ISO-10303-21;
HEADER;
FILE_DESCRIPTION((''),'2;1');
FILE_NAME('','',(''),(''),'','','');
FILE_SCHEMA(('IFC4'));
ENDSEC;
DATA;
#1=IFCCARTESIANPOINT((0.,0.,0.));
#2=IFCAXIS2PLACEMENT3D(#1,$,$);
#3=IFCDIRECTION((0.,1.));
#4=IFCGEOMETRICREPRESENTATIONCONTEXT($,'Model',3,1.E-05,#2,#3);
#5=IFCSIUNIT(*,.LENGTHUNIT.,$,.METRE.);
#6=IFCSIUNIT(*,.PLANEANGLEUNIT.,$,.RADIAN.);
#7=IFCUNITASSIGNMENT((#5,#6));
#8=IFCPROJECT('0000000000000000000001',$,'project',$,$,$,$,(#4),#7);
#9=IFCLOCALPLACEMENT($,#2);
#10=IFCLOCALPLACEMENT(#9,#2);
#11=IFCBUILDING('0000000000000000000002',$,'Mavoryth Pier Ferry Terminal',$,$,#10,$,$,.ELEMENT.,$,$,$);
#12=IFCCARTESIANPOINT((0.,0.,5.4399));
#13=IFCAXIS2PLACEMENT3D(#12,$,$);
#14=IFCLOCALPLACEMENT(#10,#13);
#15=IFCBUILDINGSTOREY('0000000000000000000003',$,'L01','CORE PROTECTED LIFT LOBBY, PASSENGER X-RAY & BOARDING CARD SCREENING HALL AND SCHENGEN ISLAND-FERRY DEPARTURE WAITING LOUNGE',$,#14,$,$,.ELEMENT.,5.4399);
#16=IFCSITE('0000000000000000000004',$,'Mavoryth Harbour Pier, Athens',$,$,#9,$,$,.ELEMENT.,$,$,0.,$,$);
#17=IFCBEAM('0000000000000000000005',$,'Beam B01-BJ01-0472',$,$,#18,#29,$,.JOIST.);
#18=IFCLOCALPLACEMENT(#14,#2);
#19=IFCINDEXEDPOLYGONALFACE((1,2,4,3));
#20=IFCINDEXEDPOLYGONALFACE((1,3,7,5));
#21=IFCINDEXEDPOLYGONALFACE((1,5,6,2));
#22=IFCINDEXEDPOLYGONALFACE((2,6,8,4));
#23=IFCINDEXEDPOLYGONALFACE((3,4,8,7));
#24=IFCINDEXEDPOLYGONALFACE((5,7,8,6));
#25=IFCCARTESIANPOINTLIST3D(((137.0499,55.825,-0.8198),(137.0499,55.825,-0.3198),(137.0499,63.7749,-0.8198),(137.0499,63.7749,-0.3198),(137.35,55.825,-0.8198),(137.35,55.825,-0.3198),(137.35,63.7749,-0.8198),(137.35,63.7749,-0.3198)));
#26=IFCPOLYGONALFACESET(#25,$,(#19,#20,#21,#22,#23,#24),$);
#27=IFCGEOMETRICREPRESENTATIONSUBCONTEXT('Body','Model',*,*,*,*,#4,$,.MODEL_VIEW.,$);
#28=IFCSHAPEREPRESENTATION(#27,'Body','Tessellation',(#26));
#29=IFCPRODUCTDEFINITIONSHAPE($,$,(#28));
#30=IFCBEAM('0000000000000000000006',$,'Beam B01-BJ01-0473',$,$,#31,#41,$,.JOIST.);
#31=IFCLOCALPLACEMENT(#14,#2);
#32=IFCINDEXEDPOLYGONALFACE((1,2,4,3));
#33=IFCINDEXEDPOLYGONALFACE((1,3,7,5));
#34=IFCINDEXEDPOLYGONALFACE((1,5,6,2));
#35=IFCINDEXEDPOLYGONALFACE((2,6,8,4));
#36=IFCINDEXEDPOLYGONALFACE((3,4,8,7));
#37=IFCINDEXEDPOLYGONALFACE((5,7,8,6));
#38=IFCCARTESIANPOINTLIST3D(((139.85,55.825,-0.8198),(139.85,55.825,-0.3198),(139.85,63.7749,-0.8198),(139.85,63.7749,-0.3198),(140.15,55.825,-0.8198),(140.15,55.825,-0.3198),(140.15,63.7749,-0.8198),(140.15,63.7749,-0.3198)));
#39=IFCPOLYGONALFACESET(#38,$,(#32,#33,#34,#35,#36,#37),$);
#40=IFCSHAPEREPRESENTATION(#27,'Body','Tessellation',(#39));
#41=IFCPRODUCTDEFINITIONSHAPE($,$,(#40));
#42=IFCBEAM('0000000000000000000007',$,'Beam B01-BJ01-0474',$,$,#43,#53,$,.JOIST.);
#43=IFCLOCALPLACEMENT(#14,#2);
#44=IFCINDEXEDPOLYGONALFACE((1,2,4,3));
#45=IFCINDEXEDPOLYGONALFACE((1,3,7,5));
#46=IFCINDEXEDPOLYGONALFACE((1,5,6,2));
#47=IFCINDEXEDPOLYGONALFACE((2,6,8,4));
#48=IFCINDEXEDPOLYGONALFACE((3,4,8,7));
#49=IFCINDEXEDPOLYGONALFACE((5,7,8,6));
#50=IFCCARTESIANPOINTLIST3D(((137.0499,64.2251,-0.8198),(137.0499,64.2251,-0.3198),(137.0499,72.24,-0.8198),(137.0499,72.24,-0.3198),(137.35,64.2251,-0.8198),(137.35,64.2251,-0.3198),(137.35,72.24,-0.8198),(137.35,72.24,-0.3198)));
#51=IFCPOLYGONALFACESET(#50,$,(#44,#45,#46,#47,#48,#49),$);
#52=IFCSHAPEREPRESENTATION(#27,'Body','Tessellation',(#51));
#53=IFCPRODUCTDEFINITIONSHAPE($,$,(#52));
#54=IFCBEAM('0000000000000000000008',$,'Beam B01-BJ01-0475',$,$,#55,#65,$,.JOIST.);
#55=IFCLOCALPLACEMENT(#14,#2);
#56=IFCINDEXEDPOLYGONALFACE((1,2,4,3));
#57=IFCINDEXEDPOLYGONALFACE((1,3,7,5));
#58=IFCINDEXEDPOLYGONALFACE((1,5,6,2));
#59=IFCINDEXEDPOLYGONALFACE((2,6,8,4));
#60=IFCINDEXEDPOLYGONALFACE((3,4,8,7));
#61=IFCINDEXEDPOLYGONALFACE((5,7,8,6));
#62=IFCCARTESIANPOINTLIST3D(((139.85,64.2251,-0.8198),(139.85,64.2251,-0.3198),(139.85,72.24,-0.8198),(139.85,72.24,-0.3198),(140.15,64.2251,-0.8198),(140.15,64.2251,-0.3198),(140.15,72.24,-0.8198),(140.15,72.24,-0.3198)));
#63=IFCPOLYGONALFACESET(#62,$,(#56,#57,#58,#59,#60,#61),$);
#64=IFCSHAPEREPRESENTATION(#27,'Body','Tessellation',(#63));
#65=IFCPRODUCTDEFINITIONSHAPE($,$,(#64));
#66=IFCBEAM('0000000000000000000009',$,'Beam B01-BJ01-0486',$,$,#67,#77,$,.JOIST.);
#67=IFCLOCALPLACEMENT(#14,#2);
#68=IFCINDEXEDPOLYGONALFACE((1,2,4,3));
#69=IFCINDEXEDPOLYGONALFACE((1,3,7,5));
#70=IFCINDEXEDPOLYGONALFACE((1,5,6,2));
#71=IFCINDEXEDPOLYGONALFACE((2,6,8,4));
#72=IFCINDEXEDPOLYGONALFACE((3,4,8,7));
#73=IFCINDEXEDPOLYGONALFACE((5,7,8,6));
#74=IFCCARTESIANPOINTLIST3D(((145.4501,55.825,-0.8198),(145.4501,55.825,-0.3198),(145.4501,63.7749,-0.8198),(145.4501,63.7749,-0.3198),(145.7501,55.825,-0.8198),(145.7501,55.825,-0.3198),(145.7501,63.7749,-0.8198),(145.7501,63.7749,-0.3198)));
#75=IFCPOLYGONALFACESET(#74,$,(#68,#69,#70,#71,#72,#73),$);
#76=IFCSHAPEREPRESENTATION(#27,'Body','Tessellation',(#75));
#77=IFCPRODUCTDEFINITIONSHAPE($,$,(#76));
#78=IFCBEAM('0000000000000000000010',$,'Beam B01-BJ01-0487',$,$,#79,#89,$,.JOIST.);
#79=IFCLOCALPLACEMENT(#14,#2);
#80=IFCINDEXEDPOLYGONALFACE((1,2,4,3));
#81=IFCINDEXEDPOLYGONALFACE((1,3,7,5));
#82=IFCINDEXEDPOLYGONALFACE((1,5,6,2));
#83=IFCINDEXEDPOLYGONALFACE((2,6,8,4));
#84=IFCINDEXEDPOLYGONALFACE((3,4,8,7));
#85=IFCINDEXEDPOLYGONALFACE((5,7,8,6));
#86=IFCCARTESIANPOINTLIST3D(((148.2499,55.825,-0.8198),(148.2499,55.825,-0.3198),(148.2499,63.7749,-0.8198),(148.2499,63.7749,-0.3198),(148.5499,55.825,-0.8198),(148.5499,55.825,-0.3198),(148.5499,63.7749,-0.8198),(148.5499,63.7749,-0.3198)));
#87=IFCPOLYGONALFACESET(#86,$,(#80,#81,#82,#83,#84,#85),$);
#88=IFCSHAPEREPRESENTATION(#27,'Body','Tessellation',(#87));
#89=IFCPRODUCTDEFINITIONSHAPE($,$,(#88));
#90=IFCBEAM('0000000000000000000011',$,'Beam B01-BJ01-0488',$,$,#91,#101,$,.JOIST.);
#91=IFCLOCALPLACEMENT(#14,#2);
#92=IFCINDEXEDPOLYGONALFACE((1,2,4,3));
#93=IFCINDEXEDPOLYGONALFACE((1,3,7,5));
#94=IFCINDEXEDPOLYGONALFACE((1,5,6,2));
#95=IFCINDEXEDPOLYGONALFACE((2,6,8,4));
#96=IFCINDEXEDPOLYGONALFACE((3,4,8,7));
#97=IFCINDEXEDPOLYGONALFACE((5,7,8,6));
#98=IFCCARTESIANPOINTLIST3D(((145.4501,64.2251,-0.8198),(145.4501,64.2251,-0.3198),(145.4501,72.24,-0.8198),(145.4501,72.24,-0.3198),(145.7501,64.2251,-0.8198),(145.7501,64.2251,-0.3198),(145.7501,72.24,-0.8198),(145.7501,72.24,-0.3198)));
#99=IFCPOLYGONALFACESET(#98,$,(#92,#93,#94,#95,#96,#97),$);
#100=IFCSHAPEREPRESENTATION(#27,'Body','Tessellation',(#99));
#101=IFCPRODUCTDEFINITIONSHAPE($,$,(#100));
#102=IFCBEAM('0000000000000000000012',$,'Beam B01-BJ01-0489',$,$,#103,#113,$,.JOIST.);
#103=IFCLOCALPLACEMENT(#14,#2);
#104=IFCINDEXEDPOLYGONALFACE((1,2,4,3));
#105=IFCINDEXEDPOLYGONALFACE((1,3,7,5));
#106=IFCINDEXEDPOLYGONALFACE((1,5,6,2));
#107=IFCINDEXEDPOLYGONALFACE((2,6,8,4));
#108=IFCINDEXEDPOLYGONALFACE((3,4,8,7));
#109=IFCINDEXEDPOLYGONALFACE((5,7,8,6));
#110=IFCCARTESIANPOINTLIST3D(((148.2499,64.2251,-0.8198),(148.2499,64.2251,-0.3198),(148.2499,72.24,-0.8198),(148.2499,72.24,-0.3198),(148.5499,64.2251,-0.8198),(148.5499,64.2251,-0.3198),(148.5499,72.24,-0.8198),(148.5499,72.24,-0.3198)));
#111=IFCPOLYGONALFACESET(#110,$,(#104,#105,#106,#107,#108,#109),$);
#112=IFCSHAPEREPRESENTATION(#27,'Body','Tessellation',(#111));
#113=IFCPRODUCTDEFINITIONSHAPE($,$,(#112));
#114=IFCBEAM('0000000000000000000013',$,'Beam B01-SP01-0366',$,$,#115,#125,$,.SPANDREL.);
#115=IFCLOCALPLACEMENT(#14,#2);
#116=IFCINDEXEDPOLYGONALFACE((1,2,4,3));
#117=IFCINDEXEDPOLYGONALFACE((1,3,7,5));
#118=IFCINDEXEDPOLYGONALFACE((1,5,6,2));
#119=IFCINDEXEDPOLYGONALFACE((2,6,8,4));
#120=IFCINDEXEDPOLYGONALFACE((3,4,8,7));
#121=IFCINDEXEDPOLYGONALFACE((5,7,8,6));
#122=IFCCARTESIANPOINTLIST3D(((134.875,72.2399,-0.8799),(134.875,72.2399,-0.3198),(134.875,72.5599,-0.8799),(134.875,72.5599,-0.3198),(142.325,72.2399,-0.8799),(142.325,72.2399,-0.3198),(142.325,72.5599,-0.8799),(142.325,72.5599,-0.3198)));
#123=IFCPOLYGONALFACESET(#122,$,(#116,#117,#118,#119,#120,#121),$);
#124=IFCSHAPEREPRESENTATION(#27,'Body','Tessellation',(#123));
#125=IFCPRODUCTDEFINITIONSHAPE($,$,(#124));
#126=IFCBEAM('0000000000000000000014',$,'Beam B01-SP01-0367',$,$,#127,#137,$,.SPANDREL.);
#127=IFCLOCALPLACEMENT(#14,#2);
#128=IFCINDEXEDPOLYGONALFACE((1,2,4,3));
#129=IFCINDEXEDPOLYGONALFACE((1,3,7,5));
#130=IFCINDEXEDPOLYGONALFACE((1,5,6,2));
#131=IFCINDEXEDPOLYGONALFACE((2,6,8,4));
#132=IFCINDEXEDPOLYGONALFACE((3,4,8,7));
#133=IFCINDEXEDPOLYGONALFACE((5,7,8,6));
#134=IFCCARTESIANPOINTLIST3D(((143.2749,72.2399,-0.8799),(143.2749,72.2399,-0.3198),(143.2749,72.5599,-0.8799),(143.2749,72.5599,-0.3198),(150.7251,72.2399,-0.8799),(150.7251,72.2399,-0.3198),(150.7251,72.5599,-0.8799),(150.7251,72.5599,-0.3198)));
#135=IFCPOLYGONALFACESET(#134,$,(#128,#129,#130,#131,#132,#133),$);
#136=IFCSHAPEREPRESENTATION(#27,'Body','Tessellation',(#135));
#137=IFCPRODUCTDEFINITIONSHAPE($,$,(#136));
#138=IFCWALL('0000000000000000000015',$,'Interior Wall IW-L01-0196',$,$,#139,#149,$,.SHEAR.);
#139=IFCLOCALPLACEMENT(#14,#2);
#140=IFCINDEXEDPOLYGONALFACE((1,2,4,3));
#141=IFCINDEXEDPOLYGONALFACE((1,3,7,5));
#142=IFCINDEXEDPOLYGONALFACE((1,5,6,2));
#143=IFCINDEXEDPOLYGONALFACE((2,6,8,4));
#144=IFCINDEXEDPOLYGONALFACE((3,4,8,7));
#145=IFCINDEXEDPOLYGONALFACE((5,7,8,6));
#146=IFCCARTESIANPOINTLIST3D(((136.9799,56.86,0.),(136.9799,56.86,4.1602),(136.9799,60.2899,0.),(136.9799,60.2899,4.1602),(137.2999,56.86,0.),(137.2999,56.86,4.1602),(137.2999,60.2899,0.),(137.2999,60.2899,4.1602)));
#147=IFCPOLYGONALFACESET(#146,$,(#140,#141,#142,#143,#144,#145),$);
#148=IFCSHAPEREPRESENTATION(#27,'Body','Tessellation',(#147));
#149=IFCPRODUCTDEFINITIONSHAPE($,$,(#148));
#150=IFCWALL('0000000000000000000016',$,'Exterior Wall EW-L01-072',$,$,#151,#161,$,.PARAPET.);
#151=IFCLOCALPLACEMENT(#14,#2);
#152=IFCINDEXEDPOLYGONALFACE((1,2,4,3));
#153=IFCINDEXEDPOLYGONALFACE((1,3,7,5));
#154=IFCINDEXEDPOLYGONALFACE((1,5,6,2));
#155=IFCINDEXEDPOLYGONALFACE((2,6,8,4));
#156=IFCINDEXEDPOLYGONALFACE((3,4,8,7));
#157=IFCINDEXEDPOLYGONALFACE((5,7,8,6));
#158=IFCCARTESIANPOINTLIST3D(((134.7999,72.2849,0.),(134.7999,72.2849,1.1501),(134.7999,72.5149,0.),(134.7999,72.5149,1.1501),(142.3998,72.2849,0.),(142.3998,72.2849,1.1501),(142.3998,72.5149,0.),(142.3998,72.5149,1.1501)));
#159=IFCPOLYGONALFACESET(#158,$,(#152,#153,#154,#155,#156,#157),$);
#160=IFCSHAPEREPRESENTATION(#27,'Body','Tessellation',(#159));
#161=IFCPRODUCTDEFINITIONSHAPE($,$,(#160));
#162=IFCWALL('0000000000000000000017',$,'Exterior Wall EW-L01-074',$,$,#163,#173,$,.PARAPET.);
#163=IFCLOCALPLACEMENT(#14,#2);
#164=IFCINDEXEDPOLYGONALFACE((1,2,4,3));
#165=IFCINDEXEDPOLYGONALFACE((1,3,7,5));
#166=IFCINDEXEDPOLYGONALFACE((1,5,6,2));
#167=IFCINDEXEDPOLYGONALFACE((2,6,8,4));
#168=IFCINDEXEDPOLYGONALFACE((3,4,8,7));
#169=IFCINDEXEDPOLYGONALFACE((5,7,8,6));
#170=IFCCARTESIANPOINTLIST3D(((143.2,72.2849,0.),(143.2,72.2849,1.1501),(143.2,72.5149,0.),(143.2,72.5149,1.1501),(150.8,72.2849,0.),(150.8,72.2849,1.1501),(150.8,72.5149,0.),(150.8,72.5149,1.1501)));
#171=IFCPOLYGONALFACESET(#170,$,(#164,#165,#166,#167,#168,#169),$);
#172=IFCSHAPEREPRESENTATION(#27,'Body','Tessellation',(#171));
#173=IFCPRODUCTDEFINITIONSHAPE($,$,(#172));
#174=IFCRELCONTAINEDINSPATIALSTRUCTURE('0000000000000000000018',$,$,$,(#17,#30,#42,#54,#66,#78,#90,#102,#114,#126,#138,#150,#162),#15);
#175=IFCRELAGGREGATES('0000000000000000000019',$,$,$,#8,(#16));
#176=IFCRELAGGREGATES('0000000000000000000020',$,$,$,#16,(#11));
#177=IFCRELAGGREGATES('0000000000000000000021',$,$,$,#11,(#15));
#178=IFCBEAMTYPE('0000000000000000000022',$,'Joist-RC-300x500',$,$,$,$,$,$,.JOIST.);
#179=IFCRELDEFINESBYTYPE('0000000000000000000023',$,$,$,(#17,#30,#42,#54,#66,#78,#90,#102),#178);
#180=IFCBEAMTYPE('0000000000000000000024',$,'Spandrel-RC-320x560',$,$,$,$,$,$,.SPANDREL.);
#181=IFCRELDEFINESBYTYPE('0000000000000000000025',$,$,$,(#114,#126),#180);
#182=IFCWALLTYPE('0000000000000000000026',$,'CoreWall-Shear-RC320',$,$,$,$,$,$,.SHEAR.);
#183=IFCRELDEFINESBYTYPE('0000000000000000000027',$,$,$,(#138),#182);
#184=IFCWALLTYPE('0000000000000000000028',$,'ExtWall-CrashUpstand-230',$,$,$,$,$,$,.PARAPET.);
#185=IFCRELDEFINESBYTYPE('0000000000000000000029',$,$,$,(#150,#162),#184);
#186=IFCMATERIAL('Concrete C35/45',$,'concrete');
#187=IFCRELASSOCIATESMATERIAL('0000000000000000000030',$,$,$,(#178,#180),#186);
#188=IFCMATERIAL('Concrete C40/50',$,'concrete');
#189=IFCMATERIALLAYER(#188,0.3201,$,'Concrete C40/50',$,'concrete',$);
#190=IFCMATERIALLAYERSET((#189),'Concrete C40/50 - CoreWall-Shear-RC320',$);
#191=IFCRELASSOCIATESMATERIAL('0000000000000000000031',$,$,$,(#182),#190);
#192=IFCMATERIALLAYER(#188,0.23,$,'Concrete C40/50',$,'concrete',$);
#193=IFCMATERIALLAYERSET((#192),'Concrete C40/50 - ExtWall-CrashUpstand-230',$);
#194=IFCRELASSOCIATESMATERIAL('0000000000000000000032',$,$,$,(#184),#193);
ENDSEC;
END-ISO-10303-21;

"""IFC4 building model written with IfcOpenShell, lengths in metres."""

from ifc_helpers import new_model, si_unit, direction, frame, frame_2d, origin, origin_2d, place, context, subcontext, project, spatial, rectangle, extrude, material, layer, layer_set, material_profile, profile_set, type_object, element, save


model = new_model("IFC4")

# Units and contexts
model_context = context("Model", 3, precision=1e-05, world=origin(), true_north=direction((0.0, 1.0)))
body_context = subcontext(model_context, "Body", "Model", "MODEL_VIEW")
ifc_project = project(units=[si_unit("LENGTHUNIT", "METRE"), si_unit("PLANEANGLEUNIT", "RADIAN")], contexts=[model_context])

# Site, building, storey
site_placement = place(None, origin())
site = spatial("IfcSite", under=ifc_project, at=site_placement, Name="Mavoryth Harbour Pier, Athens", CompositionType="ELEMENT", RefElevation=0.0)
building_placement = place(site_placement, origin())
building = spatial("IfcBuilding", under=site, at=building_placement, Name="Mavoryth Pier Ferry Terminal", CompositionType="ELEMENT")
storey_placement = place(building_placement, frame((0.0, 0.0, 5.4399)))
storey = spatial("IfcBuildingStorey", under=building, at=storey_placement, Name="L01", Description="CORE PROTECTED LIFT LOBBY, PASSENGER X-RAY & BOARDING CARD SCREENING HALL AND SCHENGEN ISLAND-FERRY DEPARTURE WAITING LOUNGE", CompositionType="ELEMENT", Elevation=5.4399)

# Shared definitions
ifc_material_1 = material(Name="Concrete C40/50", Category="concrete")

# Beams
ifc_material_2 = material(Name="Concrete C35/45", Category="concrete")
ifc_material_profile_1 = material_profile(ifc_material_2, rectangle(XDim=0.3, YDim=0.5, at=origin_2d()), Name="RC 300x500", Category="concrete")
ifc_profile_set_1 = profile_set([ifc_material_profile_1], Name="Concrete C35/45 - RC 300x500")
beam_type_1 = type_object("IfcBeamType", Name="Joist-RC-300x500", PredefinedType="JOIST", material=ifc_profile_set_1)
for number, where, z_axis, x_axis, name in (
    (1, (137.2, 55.825, -0.5698), (0.0, 1.0, 0.0), (-1.0, 0.0, 0.0), "Beam B01-BJ01-0472"),
    (2, (140.0, 55.825, -0.5698), (0.0, 1.0, 0.0), (-1.0, 0.0, 0.0), "Beam B01-BJ01-0473"),
):
    element("IfcBeam", number, at=place(storey_placement, frame(where, z_axis=z_axis, x_axis=x_axis)), inside=storey, type_object=beam_type_1, Name=name, PredefinedType="JOIST", context=body_context, shape_type="SweptSolid", body=[
        extrude(rectangle(XDim=0.3, YDim=0.5, at=origin_2d()), origin(), (0.0, 0.0, 1.0), 7.95),
    ])
for number, where, z_axis, x_axis, name in (
    (3, (137.2, 64.2251, -0.5698), (0.0, 1.0, 0.0), (-1.0, 0.0, 0.0), "Beam B01-BJ01-0474"),
    (4, (140.0, 64.2251, -0.5698), (0.0, 1.0, 0.0), (-1.0, 0.0, 0.0), "Beam B01-BJ01-0475"),
):
    element("IfcBeam", number, at=place(storey_placement, frame(where, z_axis=z_axis, x_axis=x_axis)), inside=storey, type_object=beam_type_1, Name=name, PredefinedType="JOIST", context=body_context, shape_type="SweptSolid", body=[
        extrude(rectangle(XDim=0.3, YDim=0.5, at=origin_2d()), origin(), (0.0, 0.0, 1.0), 8.0149),
    ])
for number, where, z_axis, x_axis, name in (
    (5, (145.6001, 55.825, -0.5698), (0.0, 1.0, 0.0), (-1.0, 0.0, 0.0), "Beam B01-BJ01-0486"),
    (6, (148.3999, 55.825, -0.5698), (0.0, 1.0, 0.0), (-1.0, 0.0, 0.0), "Beam B01-BJ01-0487"),
):
    element("IfcBeam", number, at=place(storey_placement, frame(where, z_axis=z_axis, x_axis=x_axis)), inside=storey, type_object=beam_type_1, Name=name, PredefinedType="JOIST", context=body_context, shape_type="SweptSolid", body=[
        extrude(rectangle(XDim=0.3, YDim=0.5, at=origin_2d()), origin(), (0.0, 0.0, 1.0), 7.95),
    ])
for number, where, z_axis, x_axis, name in (
    (7, (145.6001, 64.2251, -0.5698), (0.0, 1.0, 0.0), (-1.0, 0.0, 0.0), "Beam B01-BJ01-0488"),
    (8, (148.3999, 64.2251, -0.5698), (0.0, 1.0, 0.0), (-1.0, 0.0, 0.0), "Beam B01-BJ01-0489"),
):
    element("IfcBeam", number, at=place(storey_placement, frame(where, z_axis=z_axis, x_axis=x_axis)), inside=storey, type_object=beam_type_1, Name=name, PredefinedType="JOIST", context=body_context, shape_type="SweptSolid", body=[
        extrude(rectangle(XDim=0.3, YDim=0.5, at=origin_2d()), origin(), (0.0, 0.0, 1.0), 8.0149),
    ])
ifc_material_profile_2 = material_profile(ifc_material_2, rectangle(XDim=0.3201, YDim=0.5601, at=origin_2d()), Name="RC 320x560", Category="concrete")
ifc_profile_set_2 = profile_set([ifc_material_profile_2], Name="Concrete C35/45 - RC 320x560")
beam_type_2 = type_object("IfcBeamType", Name="Spandrel-RC-320x560", PredefinedType="SPANDREL", material=ifc_profile_set_2)
beam_1_placement = place(storey_placement, frame((134.875, 72.3999, -0.5999), z_axis=(1.0, 0.0, 0.0), x_axis=(0.0, 1.0, 0.0)))
element("IfcBeam", 9, at=beam_1_placement, inside=storey, type_object=beam_type_2, Name="Beam B01-SP01-0366", PredefinedType="SPANDREL", context=body_context, shape_type="SweptSolid", body=[
    extrude(rectangle(XDim=0.3201, YDim=0.5601, at=origin_2d()), origin(), (0.0, 0.0, 1.0), 7.45),
])
beam_2_placement = place(storey_placement, frame((143.2749, 72.3999, -0.5999), z_axis=(1.0, 0.0, 0.0), x_axis=(0.0, 1.0, 0.0)))
element("IfcBeam", 10, at=beam_2_placement, inside=storey, type_object=beam_type_2, Name="Beam B01-SP01-0367", PredefinedType="SPANDREL", context=body_context, shape_type="SweptSolid", body=[
    extrude(rectangle(XDim=0.3201, YDim=0.5601, at=origin_2d()), origin(), (0.0, 0.0, 1.0), 7.4502),
])

# Walls
ifc_layer_1 = layer(ifc_material_1, 0.3201, Name="Concrete C40/50", Category="concrete")
ifc_layer_set_1 = layer_set([ifc_layer_1], Name="Concrete C40/50 - CoreWall-Shear-RC320")
wall_type_1 = type_object("IfcWallType", Name="CoreWall-Shear-RC320", PredefinedType="SHEAR", material=ifc_layer_set_1)
wall_1_placement = place(storey_placement, frame((137.1399, 56.8601, 0.0), z_axis=(0.0, 0.0, 1.0), x_axis=(0.0, 1.0, 0.0)))
element("IfcWall", 11, at=wall_1_placement, inside=storey, type_object=wall_type_1, Name="Interior Wall IW-L01-0196", PredefinedType="SHEAR", context=body_context, shape_type="SweptSolid", body=[
    extrude(rectangle(XDim=3.4299, YDim=0.3201, at=frame_2d((1.7148, 0.0))), origin(), (0.0, 0.0, 1.0), 4.1602),
])
ifc_layer_2 = layer(ifc_material_1, 0.23, Name="Concrete C40/50", Category="concrete")
ifc_layer_set_2 = layer_set([ifc_layer_2], Name="Concrete C40/50 - ExtWall-CrashUpstand-230")
wall_type_2 = type_object("IfcWallType", Name="ExtWall-CrashUpstand-230", PredefinedType="PARAPET", material=ifc_layer_set_2)
wall_2_placement = place(storey_placement, frame((134.8, 72.3999, 0.0), z_axis=(0.0, 0.0, 1.0), x_axis=(1.0, 0.0, 0.0)))
element("IfcWall", 12, at=wall_2_placement, inside=storey, type_object=wall_type_2, Name="Exterior Wall EW-L01-072", PredefinedType="PARAPET", context=body_context, shape_type="SweptSolid", body=[
    extrude(rectangle(XDim=7.5999, YDim=0.23, at=frame_2d((3.7998, 0.0))), origin(), (0.0, 0.0, 1.0), 1.1501),
])
wall_3_placement = place(storey_placement, frame((143.2, 72.3999, 0.0), z_axis=(0.0, 0.0, 1.0), x_axis=(1.0, 0.0, 0.0)))
element("IfcWall", 13, at=wall_3_placement, inside=storey, type_object=wall_type_2, Name="Exterior Wall EW-L01-074", PredefinedType="PARAPET", context=body_context, shape_type="SweptSolid", body=[
    extrude(rectangle(XDim=7.6001, YDim=0.23, at=frame_2d((3.8, 0.0))), origin(), (0.0, 0.0, 1.0), 1.1501),
])

save(model, "model.ifc")
